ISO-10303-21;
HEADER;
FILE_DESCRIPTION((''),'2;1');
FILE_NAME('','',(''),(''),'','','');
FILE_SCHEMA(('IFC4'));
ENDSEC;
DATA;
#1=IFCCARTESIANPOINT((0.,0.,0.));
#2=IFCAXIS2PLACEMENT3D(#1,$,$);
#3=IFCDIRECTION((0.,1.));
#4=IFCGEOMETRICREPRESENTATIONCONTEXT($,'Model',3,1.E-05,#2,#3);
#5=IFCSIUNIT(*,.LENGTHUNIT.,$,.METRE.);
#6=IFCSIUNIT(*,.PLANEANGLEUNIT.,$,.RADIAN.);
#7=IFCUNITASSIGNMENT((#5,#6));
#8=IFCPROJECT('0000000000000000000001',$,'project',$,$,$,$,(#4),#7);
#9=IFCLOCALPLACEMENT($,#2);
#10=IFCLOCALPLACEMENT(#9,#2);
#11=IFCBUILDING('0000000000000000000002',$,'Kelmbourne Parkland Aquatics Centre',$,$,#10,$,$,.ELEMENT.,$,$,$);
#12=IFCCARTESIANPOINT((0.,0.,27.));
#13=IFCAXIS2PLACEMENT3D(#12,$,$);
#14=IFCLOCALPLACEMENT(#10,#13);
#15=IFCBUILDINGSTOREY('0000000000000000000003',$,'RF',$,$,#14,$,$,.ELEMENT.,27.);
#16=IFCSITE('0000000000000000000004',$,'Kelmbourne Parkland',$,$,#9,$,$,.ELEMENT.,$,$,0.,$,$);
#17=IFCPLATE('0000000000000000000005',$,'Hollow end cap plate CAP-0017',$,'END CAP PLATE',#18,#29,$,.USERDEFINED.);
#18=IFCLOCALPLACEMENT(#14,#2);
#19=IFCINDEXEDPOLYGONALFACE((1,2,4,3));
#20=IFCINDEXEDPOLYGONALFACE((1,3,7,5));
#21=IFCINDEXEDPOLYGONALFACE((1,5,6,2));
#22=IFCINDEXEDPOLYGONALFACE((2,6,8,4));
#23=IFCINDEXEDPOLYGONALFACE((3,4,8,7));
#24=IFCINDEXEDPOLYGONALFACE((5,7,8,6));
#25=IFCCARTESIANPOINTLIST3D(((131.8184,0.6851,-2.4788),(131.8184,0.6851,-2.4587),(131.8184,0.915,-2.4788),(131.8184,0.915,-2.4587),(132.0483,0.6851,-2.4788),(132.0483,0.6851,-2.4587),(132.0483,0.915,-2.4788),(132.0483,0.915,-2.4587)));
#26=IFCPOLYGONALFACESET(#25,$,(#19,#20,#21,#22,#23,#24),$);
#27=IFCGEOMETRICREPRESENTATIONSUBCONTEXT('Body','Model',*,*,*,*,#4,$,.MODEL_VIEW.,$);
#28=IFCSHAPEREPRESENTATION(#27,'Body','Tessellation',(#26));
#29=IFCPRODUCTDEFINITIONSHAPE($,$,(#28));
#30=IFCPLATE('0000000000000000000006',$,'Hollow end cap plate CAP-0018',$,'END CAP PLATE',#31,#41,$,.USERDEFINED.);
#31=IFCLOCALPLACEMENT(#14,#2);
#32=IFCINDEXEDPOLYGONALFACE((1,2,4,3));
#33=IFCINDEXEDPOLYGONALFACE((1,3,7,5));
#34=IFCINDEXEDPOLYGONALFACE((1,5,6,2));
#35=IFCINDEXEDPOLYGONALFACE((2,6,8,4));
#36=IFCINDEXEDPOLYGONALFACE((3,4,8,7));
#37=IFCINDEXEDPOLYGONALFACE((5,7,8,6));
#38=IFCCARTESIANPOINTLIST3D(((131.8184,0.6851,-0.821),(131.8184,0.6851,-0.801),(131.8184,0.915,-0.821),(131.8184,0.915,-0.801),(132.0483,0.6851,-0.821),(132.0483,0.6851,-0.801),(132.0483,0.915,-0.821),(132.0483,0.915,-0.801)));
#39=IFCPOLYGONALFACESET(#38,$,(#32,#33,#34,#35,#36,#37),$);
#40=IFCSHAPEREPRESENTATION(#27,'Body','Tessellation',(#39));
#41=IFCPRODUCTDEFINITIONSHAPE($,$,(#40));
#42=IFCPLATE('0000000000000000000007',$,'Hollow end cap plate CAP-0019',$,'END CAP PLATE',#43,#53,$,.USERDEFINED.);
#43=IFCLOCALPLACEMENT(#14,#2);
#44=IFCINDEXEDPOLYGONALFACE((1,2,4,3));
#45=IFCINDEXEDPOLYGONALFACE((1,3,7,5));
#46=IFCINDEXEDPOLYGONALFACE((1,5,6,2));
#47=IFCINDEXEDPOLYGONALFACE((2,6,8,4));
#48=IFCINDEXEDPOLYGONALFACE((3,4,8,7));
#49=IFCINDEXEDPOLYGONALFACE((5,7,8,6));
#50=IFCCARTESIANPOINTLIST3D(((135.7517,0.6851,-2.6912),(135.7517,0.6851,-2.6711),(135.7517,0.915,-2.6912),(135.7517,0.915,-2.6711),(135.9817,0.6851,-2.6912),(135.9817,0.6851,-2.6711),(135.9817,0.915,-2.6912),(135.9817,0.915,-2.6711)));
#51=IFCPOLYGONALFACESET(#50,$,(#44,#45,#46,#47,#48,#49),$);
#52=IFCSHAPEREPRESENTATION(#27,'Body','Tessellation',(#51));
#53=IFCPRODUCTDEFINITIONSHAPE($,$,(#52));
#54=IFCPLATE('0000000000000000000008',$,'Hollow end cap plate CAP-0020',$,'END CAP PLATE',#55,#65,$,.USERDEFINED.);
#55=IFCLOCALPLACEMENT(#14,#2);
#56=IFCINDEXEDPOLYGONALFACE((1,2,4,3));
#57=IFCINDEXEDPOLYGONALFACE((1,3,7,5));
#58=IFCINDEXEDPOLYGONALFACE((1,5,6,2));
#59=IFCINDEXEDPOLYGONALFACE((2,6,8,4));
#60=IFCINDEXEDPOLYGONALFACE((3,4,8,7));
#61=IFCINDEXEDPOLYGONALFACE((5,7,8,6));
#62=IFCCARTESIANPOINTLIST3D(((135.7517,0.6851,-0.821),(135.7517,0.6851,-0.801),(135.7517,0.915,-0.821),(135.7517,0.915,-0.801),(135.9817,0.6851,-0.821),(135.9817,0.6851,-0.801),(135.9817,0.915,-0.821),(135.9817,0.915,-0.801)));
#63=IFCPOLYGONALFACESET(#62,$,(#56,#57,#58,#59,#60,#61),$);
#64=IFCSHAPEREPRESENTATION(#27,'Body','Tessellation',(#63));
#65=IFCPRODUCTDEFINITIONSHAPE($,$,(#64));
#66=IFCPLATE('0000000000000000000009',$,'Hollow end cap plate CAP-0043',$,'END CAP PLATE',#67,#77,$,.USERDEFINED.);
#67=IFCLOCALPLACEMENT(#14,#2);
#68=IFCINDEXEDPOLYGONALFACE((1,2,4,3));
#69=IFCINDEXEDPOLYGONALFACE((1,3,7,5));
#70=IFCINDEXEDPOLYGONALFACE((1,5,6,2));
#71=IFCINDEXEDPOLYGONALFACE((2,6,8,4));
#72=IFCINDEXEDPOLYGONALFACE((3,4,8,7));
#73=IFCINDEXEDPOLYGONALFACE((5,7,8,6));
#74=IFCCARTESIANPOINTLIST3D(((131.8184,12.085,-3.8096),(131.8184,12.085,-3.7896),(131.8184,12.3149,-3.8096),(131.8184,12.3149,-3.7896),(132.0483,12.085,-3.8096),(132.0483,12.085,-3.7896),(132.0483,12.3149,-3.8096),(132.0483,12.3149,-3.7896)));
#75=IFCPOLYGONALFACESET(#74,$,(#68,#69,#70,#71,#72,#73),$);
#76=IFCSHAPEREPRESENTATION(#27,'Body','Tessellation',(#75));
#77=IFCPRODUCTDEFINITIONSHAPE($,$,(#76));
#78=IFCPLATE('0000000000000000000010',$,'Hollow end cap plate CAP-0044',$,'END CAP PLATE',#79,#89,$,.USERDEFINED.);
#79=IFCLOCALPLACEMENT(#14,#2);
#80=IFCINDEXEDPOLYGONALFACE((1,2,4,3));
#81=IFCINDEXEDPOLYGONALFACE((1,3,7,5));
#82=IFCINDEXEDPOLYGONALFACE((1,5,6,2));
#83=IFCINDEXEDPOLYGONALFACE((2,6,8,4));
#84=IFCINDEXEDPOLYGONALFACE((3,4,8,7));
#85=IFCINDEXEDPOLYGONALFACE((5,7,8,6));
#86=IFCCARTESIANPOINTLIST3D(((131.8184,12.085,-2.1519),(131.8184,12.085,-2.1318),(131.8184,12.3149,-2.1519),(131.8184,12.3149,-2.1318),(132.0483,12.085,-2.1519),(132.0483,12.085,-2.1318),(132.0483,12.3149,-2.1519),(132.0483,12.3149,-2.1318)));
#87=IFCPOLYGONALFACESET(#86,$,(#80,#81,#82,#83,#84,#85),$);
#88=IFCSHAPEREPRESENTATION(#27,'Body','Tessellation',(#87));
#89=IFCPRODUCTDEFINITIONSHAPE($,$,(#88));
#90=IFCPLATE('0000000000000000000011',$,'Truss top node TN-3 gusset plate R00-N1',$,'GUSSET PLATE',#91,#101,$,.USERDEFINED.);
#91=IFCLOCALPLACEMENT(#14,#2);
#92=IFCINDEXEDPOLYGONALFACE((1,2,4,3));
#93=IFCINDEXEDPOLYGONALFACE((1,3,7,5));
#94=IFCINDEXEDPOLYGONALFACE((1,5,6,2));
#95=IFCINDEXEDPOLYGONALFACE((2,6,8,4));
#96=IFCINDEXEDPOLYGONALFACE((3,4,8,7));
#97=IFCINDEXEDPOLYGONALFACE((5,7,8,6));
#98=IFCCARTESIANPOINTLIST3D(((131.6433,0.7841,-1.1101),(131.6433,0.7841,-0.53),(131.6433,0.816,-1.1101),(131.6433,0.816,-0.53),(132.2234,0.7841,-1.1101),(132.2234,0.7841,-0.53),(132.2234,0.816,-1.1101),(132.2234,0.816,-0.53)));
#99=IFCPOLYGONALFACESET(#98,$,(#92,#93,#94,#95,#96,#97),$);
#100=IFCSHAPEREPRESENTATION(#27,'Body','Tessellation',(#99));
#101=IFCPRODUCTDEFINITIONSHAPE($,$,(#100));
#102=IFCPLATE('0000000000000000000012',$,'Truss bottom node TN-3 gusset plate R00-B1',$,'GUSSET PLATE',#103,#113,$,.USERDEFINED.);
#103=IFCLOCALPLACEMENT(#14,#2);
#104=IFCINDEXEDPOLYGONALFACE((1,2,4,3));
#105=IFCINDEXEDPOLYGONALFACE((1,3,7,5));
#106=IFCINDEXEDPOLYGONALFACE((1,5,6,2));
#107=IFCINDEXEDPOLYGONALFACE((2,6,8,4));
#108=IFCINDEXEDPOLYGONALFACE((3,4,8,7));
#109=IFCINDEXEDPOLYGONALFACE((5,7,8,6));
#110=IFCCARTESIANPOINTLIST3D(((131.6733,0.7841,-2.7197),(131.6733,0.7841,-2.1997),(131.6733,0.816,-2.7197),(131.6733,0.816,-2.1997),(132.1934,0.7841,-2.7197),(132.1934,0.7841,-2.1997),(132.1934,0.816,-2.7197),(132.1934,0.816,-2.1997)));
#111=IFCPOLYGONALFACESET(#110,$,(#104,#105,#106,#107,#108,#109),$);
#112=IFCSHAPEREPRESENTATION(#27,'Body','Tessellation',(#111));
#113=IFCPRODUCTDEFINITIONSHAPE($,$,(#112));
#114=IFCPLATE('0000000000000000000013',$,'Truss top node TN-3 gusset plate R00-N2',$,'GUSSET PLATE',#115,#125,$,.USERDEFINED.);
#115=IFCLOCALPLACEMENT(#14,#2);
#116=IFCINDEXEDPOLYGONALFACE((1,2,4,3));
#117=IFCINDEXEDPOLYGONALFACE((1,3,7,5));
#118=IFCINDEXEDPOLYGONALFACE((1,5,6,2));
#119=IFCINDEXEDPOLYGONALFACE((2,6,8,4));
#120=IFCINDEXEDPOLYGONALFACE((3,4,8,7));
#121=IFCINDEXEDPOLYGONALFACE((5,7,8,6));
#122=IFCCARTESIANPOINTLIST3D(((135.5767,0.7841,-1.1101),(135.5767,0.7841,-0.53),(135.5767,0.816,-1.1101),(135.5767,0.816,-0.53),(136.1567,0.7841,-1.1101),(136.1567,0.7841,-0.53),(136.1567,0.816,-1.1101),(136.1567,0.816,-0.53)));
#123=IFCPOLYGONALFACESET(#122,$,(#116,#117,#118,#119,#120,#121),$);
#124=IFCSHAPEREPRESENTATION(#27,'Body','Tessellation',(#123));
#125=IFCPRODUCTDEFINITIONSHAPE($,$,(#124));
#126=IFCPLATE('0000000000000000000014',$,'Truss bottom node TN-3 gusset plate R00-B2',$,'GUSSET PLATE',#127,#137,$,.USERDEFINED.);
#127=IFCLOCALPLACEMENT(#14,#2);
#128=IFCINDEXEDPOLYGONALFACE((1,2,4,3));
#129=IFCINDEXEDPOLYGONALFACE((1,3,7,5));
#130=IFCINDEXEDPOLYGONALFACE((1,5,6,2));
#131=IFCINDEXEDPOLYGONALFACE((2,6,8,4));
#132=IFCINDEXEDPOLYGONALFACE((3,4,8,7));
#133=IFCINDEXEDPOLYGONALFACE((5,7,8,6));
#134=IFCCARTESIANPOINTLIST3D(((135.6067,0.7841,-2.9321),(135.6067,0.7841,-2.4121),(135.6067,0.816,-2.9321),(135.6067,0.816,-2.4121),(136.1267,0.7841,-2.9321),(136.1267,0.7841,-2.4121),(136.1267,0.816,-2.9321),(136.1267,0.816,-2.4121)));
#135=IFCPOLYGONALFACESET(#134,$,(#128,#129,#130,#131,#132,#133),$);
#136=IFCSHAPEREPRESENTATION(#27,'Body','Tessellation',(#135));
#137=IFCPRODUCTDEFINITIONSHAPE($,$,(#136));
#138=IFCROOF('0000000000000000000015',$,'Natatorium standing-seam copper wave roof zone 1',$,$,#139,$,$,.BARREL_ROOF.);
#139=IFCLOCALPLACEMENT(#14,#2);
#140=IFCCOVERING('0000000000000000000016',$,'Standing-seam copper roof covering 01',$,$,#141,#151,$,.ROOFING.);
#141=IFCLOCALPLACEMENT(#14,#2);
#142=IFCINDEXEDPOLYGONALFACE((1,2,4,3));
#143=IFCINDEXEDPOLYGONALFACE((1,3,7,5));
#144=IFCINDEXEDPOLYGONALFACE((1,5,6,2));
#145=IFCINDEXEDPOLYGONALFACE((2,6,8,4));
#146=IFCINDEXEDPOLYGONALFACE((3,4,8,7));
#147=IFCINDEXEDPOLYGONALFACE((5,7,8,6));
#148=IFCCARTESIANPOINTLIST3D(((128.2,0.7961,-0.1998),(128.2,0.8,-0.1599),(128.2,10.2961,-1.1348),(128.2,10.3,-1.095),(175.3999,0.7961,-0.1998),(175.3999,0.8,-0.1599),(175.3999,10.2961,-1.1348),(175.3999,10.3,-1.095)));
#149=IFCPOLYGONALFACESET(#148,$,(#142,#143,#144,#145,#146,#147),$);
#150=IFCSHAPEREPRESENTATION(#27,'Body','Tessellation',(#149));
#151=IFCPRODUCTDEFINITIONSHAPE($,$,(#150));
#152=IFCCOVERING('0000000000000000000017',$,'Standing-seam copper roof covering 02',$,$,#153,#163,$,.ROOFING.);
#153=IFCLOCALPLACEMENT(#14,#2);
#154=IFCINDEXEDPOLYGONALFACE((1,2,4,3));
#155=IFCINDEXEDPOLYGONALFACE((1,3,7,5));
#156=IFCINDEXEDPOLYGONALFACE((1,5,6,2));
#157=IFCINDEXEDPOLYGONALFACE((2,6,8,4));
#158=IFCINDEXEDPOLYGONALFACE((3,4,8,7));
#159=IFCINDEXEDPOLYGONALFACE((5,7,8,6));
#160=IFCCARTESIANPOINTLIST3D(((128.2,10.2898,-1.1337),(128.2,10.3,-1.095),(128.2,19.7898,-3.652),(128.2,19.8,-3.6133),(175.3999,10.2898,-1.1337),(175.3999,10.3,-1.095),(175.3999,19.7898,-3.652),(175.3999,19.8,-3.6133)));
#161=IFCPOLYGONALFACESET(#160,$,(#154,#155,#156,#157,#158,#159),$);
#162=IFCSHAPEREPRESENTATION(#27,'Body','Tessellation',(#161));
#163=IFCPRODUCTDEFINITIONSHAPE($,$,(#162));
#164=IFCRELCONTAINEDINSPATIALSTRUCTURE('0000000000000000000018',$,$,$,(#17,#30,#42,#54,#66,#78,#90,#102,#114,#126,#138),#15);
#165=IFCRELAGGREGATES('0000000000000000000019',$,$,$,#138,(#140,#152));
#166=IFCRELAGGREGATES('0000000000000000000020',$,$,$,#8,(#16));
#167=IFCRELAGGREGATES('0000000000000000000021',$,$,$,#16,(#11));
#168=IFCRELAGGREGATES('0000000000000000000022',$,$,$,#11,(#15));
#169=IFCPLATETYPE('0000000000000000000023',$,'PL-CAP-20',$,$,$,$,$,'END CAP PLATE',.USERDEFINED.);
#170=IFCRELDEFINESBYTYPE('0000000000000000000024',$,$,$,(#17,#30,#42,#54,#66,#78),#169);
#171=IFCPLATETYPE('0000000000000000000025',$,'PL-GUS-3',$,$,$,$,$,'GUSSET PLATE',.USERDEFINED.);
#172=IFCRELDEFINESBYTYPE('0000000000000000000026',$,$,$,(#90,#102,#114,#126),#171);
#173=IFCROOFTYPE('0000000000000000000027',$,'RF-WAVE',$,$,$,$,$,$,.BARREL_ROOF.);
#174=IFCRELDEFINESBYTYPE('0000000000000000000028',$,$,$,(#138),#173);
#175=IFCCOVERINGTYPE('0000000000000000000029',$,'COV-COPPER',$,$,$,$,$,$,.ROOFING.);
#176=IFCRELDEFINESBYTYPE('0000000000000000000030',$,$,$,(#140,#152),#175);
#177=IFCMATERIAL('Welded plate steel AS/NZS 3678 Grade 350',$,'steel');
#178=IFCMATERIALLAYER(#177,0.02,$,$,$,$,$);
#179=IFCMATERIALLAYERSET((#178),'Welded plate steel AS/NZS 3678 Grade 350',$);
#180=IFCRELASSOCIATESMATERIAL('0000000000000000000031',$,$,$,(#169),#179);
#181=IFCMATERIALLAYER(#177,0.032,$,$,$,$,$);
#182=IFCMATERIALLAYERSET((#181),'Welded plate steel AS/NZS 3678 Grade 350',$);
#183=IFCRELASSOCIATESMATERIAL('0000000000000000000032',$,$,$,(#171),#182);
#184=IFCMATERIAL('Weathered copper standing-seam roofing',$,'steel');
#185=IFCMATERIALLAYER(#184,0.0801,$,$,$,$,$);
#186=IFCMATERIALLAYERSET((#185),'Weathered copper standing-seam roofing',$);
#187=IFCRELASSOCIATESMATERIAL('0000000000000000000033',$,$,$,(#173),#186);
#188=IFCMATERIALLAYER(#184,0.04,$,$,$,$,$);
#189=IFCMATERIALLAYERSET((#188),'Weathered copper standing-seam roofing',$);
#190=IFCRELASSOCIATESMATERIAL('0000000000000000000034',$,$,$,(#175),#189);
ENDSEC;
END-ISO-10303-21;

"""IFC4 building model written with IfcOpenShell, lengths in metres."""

from ifc_helpers import new_model, si_unit, direction, frame, origin, origin_2d, place, context, subcontext, project, spatial, polyline, rectangle, outline, extrude, material, layer, layer_set, type_object, element, aggregate, save


model = new_model("IFC4")

# Units and contexts
model_context = context("Model", 3, precision=1e-05, world=origin(), true_north=direction((0.0, 1.0)))
body_context = subcontext(model_context, "Body", "Model", "MODEL_VIEW")
ifc_project = project(units=[si_unit("LENGTHUNIT", "METRE"), si_unit("PLANEANGLEUNIT", "RADIAN")], contexts=[model_context])

# Site, building, storey
site_placement = place(None, origin())
site = spatial("IfcSite", under=ifc_project, at=site_placement, Name="Kelmbourne Parkland", CompositionType="ELEMENT", RefElevation=0.0)
building_placement = place(site_placement, origin())
building = spatial("IfcBuilding", under=site, at=building_placement, Name="Kelmbourne Parkland Aquatics Centre", CompositionType="ELEMENT")
storey_placement = place(building_placement, frame((0.0, 0.0, 27.0)))
storey = spatial("IfcBuildingStorey", under=building, at=storey_placement, Name="RF", CompositionType="ELEMENT", Elevation=27.0)

# Shared definitions
ifc_material_1 = material(Name="Welded plate steel AS/NZS 3678 Grade 350", Category="steel")

# Plates
ifc_layer_1 = layer(ifc_material_1, 0.02)
ifc_layer_set_1 = layer_set([ifc_layer_1], Name="Welded plate steel AS/NZS 3678 Grade 350")
plate_type_1 = type_object("IfcPlateType", Name="PL-CAP-20", ElementType="END CAP PLATE", PredefinedType="USERDEFINED", material=ifc_layer_set_1)
for number, where, z_axis, x_axis, name in (
    (1, (131.9333, 0.8, -2.4788), (0.0, 0.0, 1.0), (1.0, 0.0, 0.0), "Hollow end cap plate CAP-0017"),
    (2, (131.9333, 0.8, -0.821), (0.0, 0.0, 1.0), (1.0, 0.0, 0.0), "Hollow end cap plate CAP-0018"),
    (3, (135.8667, 0.8, -2.6912), (0.0, 0.0, 1.0), (1.0, 0.0, 0.0), "Hollow end cap plate CAP-0019"),
    (4, (135.8667, 0.8, -0.821), (0.0, 0.0, 1.0), (1.0, 0.0, 0.0), "Hollow end cap plate CAP-0020"),
    (5, (131.9333, 12.2, -3.8096), (0.0, 0.0, 1.0), (1.0, 0.0, 0.0), "Hollow end cap plate CAP-0043"),
    (6, (131.9333, 12.2, -2.1519), (0.0, 0.0, 1.0), (1.0, 0.0, 0.0), "Hollow end cap plate CAP-0044"),
):
    element("IfcPlate", number, at=place(storey_placement, frame(where, z_axis=z_axis, x_axis=x_axis)), inside=storey, type_object=plate_type_1, Name=name, ObjectType="END CAP PLATE", PredefinedType="USERDEFINED", context=body_context, shape_type="SweptSolid", body=[
        extrude(rectangle(XDim=0.23, YDim=0.23, at=origin_2d()), origin(), (0.0, 0.0, 1.0), 0.02),
    ])
ifc_layer_2 = layer(ifc_material_1, 0.032)
ifc_layer_set_2 = layer_set([ifc_layer_2], Name="Welded plate steel AS/NZS 3678 Grade 350")
plate_type_2 = type_object("IfcPlateType", Name="PL-GUS-3", ElementType="GUSSET PLATE", PredefinedType="USERDEFINED", material=ifc_layer_set_2)
plate_1_placement = place(storey_placement, frame((131.9333, 0.8, -1.1101), z_axis=(0.0, 0.0, 1.0), x_axis=(1.0, 0.0, 0.0)))
element("IfcPlate", 7, at=plate_1_placement, inside=storey, type_object=plate_type_2, Name="Truss top node TN-3 gusset plate R00-N1", ObjectType="GUSSET PLATE", PredefinedType="USERDEFINED", context=body_context, shape_type="SweptSolid", body=[
    extrude(rectangle(XDim=0.5801, YDim=0.032, at=origin_2d()), origin(), (0.0, 0.0, 1.0), 0.5801),
])
plate_2_placement = place(storey_placement, frame((131.9333, 0.8, -2.7197), z_axis=(0.0, 0.0, 1.0), x_axis=(1.0, 0.0, 0.0)))
element("IfcPlate", 8, at=plate_2_placement, inside=storey, type_object=plate_type_2, Name="Truss bottom node TN-3 gusset plate R00-B1", ObjectType="GUSSET PLATE", PredefinedType="USERDEFINED", context=body_context, shape_type="SweptSolid", body=[
    extrude(rectangle(XDim=0.52, YDim=0.032, at=origin_2d()), origin(), (0.0, 0.0, 1.0), 0.52),
])
plate_3_placement = place(storey_placement, frame((135.8667, 0.8, -1.1101), z_axis=(0.0, 0.0, 1.0), x_axis=(1.0, 0.0, 0.0)))
element("IfcPlate", 9, at=plate_3_placement, inside=storey, type_object=plate_type_2, Name="Truss top node TN-3 gusset plate R00-N2", ObjectType="GUSSET PLATE", PredefinedType="USERDEFINED", context=body_context, shape_type="SweptSolid", body=[
    extrude(rectangle(XDim=0.5801, YDim=0.032, at=origin_2d()), origin(), (0.0, 0.0, 1.0), 0.5801),
])
plate_4_placement = place(storey_placement, frame((135.8667, 0.8, -2.9321), z_axis=(0.0, 0.0, 1.0), x_axis=(1.0, 0.0, 0.0)))
element("IfcPlate", 10, at=plate_4_placement, inside=storey, type_object=plate_type_2, Name="Truss bottom node TN-3 gusset plate R00-B2", ObjectType="GUSSET PLATE", PredefinedType="USERDEFINED", context=body_context, shape_type="SweptSolid", body=[
    extrude(rectangle(XDim=0.52, YDim=0.032, at=origin_2d()), origin(), (0.0, 0.0, 1.0), 0.52),
])

# Roof, coverings
ifc_material_2 = material(Name="Weathered copper standing-seam roofing", Category="steel")
ifc_layer_3 = layer(ifc_material_2, 0.0801)
ifc_layer_set_3 = layer_set([ifc_layer_3], Name="Weathered copper standing-seam roofing")
roof_type = type_object("IfcRoofType", Name="RF-WAVE", PredefinedType="BARREL_ROOF", material=ifc_layer_set_3)
roof_placement = place(storey_placement, origin())
roof = element("IfcRoof", 11, at=roof_placement, inside=storey, type_object=roof_type, Name="Natatorium standing-seam copper wave roof zone 1", PredefinedType="BARREL_ROOF")
ifc_layer_4 = layer(ifc_material_2, 0.04)
ifc_layer_set_4 = layer_set([ifc_layer_4], Name="Weathered copper standing-seam roofing")
covering_type = type_object("IfcCoveringType", Name="COV-COPPER", PredefinedType="ROOFING", material=ifc_layer_set_4)
covering_1_placement = place(storey_placement, frame((128.2, 0.8, -0.1599), z_axis=(0.0, 0.097954, 0.995191), x_axis=(1.0, 0.0, 0.0)))
covering_1 = element("IfcCovering", 12, at=covering_1_placement, type_object=covering_type, Name="Standing-seam copper roof covering 01", PredefinedType="ROOFING", context=body_context, shape_type="SweptSolid", body=[
    extrude(outline(polyline([(0.0, 0.0), (47.2, 0.0), (47.2, 9.5459), (0.0, 9.5459), (0.0, 0.0)])), origin(), (0.0, 0.0, -1.0), 0.04),
])
covering_2_placement = place(storey_placement, frame((128.2, 10.3, -1.095), z_axis=(0.0, 0.256235, 0.966614), x_axis=(1.0, 0.0, 0.0)))
covering_2 = element("IfcCovering", 13, at=covering_2_placement, type_object=covering_type, Name="Standing-seam copper roof covering 02", PredefinedType="ROOFING", context=body_context, shape_type="SweptSolid", body=[
    extrude(outline(polyline([(0.0, 0.0), (47.2, 0.0), (47.2, 9.8281), (0.0, 9.8281), (0.0, 0.0)])), origin(), (0.0, 0.0, -1.0), 0.04),
])
aggregate(roof, [covering_1, covering_2])

save(model, "model.ifc")
